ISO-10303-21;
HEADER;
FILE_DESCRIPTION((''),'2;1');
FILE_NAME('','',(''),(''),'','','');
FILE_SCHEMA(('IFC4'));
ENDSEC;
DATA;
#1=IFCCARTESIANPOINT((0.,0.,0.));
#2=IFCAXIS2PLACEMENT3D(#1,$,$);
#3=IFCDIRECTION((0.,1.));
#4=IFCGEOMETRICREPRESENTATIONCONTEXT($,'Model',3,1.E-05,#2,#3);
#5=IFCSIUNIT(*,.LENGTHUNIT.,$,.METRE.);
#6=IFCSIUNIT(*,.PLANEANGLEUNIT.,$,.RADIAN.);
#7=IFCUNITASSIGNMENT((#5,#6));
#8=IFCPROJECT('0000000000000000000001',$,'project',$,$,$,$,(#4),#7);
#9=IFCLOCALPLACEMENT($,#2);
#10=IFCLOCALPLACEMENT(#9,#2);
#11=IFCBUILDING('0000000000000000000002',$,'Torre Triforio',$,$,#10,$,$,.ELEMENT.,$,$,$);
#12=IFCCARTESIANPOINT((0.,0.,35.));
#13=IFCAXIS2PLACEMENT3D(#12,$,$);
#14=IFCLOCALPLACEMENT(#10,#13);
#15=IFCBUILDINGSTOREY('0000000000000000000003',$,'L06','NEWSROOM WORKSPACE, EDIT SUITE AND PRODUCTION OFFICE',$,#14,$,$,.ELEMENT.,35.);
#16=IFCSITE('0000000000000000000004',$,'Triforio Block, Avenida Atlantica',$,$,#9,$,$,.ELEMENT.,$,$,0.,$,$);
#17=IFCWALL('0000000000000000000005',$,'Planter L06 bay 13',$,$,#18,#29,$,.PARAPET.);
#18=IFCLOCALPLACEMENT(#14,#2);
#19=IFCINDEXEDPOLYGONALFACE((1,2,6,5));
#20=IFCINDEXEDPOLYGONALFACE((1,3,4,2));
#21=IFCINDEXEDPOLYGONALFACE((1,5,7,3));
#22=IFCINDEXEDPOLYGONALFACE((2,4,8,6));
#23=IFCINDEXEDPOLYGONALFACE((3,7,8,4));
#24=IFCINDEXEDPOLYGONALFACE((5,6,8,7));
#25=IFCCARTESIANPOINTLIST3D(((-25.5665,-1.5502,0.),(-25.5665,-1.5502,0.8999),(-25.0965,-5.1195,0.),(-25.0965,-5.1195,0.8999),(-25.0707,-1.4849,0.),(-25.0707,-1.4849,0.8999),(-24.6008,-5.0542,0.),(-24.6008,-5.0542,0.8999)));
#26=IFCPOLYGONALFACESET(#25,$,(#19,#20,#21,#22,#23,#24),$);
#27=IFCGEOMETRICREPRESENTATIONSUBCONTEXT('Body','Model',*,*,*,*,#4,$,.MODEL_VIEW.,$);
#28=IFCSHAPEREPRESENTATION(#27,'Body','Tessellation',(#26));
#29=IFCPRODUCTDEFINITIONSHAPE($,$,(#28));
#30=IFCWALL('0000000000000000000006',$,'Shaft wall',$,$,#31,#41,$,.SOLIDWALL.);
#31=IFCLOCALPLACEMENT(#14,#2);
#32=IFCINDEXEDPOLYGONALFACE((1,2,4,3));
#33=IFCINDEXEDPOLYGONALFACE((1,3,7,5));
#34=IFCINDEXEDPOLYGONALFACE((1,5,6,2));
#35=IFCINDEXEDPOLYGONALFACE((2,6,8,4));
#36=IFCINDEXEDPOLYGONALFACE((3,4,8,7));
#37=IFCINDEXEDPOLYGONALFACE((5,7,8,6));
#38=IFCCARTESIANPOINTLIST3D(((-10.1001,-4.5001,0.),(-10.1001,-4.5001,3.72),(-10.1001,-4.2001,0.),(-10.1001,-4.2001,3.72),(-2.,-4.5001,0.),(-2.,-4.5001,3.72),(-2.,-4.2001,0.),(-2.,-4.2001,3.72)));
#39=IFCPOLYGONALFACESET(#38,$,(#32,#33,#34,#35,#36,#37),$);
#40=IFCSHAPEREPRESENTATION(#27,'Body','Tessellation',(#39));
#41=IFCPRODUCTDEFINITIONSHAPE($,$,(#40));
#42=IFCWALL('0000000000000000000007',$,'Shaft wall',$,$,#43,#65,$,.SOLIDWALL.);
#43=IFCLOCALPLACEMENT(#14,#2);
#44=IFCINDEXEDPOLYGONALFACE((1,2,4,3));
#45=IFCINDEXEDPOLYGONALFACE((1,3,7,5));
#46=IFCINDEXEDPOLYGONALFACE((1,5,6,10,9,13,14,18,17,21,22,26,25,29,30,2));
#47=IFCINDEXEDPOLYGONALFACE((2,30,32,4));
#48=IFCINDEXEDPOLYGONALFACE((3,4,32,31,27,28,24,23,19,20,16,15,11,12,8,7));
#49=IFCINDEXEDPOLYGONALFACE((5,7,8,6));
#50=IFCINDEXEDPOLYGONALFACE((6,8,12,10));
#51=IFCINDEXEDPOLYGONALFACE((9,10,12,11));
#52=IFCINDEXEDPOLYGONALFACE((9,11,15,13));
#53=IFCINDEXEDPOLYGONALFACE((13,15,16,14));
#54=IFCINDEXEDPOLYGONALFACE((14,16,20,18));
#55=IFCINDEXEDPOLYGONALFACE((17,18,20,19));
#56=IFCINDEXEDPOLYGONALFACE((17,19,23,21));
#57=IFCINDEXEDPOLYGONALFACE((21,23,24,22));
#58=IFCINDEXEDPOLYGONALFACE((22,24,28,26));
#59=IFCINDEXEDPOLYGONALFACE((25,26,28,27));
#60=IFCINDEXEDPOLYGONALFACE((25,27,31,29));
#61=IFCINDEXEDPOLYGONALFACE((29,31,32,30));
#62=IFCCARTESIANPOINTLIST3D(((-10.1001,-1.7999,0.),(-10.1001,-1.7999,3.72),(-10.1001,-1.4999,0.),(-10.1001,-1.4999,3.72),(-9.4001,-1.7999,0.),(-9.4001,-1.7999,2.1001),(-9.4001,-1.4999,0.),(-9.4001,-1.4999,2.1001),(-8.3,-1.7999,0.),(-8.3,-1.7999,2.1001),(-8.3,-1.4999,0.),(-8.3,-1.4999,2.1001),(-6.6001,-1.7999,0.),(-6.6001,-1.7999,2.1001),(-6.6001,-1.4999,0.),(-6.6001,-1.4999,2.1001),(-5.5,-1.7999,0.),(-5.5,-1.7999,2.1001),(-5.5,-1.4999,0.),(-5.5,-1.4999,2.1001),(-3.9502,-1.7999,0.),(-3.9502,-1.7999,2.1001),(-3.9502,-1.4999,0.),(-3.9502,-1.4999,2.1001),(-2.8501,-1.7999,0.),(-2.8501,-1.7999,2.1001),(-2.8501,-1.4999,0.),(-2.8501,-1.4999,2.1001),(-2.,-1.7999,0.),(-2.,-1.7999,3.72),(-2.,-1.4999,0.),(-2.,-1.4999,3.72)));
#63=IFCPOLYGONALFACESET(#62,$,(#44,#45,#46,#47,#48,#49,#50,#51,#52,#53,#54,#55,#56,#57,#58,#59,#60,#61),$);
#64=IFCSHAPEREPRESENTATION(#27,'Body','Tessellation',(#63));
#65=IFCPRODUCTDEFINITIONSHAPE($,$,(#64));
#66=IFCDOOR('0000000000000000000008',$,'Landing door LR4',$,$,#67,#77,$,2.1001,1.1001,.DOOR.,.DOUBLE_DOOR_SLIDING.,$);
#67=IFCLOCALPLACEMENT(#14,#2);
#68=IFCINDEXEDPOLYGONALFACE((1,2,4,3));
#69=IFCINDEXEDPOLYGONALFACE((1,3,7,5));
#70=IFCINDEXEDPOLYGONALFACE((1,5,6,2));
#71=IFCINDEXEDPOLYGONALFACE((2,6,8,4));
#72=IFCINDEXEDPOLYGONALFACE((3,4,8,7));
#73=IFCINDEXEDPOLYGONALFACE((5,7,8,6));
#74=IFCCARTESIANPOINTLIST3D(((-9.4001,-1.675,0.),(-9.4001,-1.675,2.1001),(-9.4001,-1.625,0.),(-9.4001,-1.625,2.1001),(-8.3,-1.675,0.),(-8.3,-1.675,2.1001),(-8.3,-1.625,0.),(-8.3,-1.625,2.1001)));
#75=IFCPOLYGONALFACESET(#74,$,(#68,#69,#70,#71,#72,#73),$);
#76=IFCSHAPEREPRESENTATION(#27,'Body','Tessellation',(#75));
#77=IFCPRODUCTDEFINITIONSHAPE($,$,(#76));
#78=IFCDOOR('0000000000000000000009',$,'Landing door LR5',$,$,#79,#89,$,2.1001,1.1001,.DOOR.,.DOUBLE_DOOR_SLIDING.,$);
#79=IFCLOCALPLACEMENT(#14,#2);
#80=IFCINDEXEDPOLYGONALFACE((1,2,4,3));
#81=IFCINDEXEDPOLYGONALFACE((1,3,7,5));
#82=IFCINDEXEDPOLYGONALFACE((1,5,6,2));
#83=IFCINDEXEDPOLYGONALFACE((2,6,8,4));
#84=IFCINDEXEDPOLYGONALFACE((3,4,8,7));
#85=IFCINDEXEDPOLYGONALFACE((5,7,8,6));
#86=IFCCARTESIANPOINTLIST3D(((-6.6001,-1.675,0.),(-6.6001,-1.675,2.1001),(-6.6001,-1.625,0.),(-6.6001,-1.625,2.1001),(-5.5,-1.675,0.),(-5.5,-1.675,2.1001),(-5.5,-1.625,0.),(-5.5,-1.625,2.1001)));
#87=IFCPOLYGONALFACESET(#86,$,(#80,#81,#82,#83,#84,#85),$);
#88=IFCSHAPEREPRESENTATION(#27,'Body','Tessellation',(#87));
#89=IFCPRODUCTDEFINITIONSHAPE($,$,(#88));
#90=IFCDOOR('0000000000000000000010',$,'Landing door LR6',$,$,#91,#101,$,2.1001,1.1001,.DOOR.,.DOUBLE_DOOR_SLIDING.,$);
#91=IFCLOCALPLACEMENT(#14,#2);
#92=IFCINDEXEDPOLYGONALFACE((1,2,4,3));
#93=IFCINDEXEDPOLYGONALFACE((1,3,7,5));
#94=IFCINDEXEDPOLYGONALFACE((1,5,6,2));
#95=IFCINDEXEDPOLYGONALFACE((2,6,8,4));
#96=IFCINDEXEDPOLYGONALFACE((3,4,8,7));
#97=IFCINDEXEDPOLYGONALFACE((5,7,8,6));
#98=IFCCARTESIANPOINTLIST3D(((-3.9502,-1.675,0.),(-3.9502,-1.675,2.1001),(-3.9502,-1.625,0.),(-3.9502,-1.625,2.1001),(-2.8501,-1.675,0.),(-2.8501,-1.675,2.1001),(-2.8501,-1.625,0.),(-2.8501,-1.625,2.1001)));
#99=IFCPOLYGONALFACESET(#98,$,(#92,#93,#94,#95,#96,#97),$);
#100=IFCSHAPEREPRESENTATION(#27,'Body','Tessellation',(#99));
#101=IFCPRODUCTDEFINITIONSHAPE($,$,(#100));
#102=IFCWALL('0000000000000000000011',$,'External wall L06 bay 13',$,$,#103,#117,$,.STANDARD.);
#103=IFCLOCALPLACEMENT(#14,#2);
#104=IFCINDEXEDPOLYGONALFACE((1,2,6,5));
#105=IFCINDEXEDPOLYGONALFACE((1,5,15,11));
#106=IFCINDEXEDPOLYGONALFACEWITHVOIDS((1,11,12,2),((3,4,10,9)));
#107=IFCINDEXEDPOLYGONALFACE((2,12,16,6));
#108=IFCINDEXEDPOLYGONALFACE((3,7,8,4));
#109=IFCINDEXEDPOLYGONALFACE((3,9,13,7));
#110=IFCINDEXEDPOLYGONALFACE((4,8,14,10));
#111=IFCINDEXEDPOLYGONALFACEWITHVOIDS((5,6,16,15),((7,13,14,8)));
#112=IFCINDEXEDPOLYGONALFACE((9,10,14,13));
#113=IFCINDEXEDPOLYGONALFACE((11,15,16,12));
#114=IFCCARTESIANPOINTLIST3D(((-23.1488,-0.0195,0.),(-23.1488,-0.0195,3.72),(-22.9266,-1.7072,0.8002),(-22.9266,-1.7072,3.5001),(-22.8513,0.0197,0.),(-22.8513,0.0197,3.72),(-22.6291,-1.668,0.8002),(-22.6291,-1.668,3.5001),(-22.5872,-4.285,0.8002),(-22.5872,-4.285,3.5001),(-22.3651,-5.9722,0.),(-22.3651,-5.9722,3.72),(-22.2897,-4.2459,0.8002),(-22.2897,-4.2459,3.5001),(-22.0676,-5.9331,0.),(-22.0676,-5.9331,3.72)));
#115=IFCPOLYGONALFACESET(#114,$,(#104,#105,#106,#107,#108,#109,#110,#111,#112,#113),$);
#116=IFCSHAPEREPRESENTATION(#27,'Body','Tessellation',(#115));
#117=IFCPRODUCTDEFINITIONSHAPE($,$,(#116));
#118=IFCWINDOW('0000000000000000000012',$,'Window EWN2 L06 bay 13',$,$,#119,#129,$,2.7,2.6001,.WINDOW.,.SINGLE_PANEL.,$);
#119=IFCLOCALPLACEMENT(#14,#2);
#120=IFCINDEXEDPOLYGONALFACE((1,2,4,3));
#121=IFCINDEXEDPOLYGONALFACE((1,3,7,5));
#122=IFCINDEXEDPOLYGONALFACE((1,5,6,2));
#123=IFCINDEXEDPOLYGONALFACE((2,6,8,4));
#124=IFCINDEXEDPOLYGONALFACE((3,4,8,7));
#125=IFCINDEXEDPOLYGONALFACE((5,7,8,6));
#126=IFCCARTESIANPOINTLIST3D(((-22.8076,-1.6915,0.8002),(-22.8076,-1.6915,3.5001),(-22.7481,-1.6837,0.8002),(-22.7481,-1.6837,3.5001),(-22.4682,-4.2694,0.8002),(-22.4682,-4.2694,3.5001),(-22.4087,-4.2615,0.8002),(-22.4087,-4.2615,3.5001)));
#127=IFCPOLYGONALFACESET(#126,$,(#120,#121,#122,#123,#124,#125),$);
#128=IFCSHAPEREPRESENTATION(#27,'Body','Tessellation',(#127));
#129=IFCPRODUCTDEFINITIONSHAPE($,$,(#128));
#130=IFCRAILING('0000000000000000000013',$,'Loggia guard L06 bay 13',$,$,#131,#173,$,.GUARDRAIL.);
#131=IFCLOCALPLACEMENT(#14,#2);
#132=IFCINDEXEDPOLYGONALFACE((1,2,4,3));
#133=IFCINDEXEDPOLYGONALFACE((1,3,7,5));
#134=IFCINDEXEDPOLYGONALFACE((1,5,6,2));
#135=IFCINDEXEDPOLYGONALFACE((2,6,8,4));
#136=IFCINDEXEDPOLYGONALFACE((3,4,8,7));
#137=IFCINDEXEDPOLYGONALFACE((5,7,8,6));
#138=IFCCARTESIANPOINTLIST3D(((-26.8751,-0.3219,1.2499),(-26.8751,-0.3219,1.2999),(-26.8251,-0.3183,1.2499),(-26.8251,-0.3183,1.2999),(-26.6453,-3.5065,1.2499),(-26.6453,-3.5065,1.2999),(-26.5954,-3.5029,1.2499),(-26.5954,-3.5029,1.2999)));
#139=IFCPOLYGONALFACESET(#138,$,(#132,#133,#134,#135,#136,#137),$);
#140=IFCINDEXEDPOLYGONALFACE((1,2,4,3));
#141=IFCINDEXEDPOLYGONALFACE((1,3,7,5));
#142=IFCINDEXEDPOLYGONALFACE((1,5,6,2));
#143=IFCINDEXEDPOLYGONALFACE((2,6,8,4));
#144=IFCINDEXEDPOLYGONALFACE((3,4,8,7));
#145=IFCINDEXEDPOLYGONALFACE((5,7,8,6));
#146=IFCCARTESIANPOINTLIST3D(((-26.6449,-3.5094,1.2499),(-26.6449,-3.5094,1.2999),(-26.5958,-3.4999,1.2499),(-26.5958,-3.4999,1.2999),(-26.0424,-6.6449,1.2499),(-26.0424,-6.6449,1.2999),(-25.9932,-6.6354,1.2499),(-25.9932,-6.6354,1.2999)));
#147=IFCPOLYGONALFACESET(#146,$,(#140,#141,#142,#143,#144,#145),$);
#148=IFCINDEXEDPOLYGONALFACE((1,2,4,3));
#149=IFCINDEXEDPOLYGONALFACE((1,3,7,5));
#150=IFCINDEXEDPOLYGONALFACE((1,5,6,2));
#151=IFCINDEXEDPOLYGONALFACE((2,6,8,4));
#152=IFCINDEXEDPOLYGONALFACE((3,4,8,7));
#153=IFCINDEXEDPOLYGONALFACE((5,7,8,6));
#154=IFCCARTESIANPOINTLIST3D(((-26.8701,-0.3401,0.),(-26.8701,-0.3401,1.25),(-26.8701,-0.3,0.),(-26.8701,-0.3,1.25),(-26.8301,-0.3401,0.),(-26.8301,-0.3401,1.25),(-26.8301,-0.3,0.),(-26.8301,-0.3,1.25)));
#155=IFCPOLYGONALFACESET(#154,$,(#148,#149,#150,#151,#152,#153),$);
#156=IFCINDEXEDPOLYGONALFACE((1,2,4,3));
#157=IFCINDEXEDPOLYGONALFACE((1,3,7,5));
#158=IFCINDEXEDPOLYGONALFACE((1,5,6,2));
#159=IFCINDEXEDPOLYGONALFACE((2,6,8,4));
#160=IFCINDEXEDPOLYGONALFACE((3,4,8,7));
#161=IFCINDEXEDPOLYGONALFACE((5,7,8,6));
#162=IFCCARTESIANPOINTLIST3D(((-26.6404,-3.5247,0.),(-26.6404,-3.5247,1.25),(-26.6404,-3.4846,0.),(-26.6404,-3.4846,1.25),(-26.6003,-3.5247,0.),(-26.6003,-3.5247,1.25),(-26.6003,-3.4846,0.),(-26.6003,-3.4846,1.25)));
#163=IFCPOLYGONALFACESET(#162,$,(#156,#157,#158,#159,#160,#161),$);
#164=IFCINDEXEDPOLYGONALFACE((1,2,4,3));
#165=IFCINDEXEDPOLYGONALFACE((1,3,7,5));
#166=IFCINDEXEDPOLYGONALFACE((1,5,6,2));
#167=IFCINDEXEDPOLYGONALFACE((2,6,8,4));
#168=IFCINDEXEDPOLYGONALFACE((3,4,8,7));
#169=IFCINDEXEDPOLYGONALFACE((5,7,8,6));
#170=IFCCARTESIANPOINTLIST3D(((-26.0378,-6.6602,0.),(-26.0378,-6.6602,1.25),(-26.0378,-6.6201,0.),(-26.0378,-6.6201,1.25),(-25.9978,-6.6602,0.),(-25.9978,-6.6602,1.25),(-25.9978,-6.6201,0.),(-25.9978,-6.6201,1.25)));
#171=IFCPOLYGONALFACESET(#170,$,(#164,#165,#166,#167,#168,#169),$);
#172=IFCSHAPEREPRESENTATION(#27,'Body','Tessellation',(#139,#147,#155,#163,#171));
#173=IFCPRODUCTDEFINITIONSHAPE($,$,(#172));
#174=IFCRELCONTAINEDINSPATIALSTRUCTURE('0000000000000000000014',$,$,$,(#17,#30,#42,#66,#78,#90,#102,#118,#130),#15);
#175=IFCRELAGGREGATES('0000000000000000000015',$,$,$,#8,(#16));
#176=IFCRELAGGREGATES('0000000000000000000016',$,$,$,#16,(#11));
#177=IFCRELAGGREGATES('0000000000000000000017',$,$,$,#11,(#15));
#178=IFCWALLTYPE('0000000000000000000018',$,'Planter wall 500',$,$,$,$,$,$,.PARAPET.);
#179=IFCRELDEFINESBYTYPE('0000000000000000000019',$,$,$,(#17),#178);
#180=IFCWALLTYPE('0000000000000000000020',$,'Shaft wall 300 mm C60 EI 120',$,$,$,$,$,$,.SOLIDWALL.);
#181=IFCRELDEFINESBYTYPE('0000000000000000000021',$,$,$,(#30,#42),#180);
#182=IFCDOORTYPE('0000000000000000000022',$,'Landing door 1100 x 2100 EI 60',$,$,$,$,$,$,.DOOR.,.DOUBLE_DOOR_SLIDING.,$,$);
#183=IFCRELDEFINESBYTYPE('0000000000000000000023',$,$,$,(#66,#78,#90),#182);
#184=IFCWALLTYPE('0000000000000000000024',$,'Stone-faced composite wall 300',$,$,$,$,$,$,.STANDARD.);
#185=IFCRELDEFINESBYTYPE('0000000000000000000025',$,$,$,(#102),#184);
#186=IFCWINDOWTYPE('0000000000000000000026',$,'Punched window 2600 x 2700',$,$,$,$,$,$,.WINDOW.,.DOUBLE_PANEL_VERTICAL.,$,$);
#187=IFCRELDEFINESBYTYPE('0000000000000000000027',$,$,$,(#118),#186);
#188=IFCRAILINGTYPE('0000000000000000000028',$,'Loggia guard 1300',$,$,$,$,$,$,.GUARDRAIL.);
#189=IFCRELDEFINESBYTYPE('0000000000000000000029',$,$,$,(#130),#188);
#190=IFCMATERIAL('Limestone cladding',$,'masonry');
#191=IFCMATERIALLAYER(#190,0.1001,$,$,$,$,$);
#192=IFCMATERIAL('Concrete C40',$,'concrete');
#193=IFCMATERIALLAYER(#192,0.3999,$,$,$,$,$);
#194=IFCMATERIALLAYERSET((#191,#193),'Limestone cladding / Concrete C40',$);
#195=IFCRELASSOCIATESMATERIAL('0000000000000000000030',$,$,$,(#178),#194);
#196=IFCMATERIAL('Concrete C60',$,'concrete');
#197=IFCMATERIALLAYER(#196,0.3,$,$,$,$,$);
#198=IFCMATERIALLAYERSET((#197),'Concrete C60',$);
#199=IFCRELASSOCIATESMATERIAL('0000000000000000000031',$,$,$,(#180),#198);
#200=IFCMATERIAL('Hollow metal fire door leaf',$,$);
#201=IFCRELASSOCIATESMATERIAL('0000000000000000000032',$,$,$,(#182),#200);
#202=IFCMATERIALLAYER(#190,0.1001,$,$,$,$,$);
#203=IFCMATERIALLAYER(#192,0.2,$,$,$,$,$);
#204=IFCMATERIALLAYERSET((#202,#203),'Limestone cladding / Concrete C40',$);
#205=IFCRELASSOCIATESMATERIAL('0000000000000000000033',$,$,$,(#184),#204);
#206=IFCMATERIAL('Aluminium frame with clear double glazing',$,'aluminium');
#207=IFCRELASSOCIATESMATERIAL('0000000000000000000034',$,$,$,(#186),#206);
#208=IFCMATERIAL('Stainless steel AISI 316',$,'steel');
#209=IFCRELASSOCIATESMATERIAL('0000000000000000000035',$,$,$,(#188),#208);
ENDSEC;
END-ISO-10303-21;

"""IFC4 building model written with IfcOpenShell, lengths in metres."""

from ifc_helpers import new_model, si_unit, direction, frame, frame_2d, origin, origin_2d, place, context, subcontext, project, spatial, rectangle, extrude, material, layer, layer_set, type_object, element, fill, save


model = new_model("IFC4")

# Units and contexts
model_context = context("Model", 3, precision=1e-05, world=origin(), true_north=direction((0.0, 1.0)))
body_context = subcontext(model_context, "Body", "Model", "MODEL_VIEW")
ifc_project = project(units=[si_unit("LENGTHUNIT", "METRE"), si_unit("PLANEANGLEUNIT", "RADIAN")], contexts=[model_context])

# Site, building, storey
site_placement = place(None, origin())
site = spatial("IfcSite", under=ifc_project, at=site_placement, Name="Triforio Block, Avenida Atlantica", CompositionType="ELEMENT", RefElevation=0.0)
building_placement = place(site_placement, origin())
building = spatial("IfcBuilding", under=site, at=building_placement, Name="Torre Triforio", CompositionType="ELEMENT")
storey_placement = place(building_placement, frame((0.0, 0.0, 35.0)))
storey = spatial("IfcBuildingStorey", under=building, at=storey_placement, Name="L06", Description="NEWSROOM WORKSPACE, EDIT SUITE AND PRODUCTION OFFICE", CompositionType="ELEMENT", Elevation=35.0)

# Shared definitions
ifc_material_1 = material(Name="Concrete C60", Category="concrete")
ifc_material_2 = material(Name="Hollow metal fire door leaf")

# Walls
ifc_material_3 = material(Name="Limestone cladding", Category="masonry")
ifc_layer_1 = layer(ifc_material_3, 0.1001)
ifc_material_4 = material(Name="Concrete C40", Category="concrete")
ifc_layer_2 = layer(ifc_material_4, 0.3999)
ifc_layer_set_1 = layer_set([ifc_layer_1, ifc_layer_2], Name="Limestone cladding / Concrete C40")
wall_type_1 = type_object("IfcWallType", Name="Planter wall 500", PredefinedType="PARAPET", material=ifc_layer_set_1)
wall_1_placement = place(storey_placement, frame((-25.3186, -1.5176, 0.0), z_axis=(0.0, 0.0, 1.0), x_axis=(0.130542, -0.991443, 0.0)))
element("IfcWall", 1, at=wall_1_placement, inside=storey, type_object=wall_type_1, Name="Planter L06 bay 13", PredefinedType="PARAPET", context=body_context, shape_type="SweptSolid", body=[
    extrude(rectangle(XDim=3.6001, YDim=0.5, at=frame_2d((1.8, 0.0))), origin(), (0.0, 0.0, 1.0), 0.8999),
])
ifc_layer_3 = layer(ifc_material_1, 0.3)
ifc_layer_set_2 = layer_set([ifc_layer_3], Name="Concrete C60")
wall_type_2 = type_object("IfcWallType", Name="Shaft wall 300 mm C60 EI 120", PredefinedType="SOLIDWALL", material=ifc_layer_set_2)
wall_2_placement = place(storey_placement, frame((-10.1001, -4.3501, 0.0), z_axis=(0.0, 0.0, 1.0), x_axis=(1.0, 0.0, 0.0)))
element("IfcWall", 2, at=wall_2_placement, inside=storey, type_object=wall_type_2, Name="Shaft wall", PredefinedType="SOLIDWALL", context=body_context, shape_type="SweptSolid", body=[
    extrude(rectangle(XDim=8.1001, YDim=0.3, at=frame_2d((4.05, 0.0))), origin(), (0.0, 0.0, 1.0), 3.72),
])

# Wall, openings, doors
wall_3_placement = place(storey_placement, frame((-10.1001, -1.6499, 0.0), z_axis=(0.0, 0.0, 1.0), x_axis=(1.0, 0.0, 0.0)))
wall_3 = element("IfcWall", 3, at=wall_3_placement, inside=storey, type_object=wall_type_2, Name="Shaft wall", PredefinedType="SOLIDWALL", context=body_context, shape_type="SweptSolid", body=[
    extrude(rectangle(XDim=8.1001, YDim=0.3, at=frame_2d((4.05, 0.0))), origin(), (0.0, 0.0, 1.0), 3.72),
])
opening_1_placement = place(wall_3_placement, frame((0.7, 0.0, 0.0)))
opening_1 = element("IfcOpeningElement", 4, at=opening_1_placement, cuts=wall_3, PredefinedType="OPENING", context=body_context, shape_type="SweptSolid", body=[
    extrude(rectangle(XDim=1.1001, YDim=2.1001, at=frame_2d((0.55, 1.05))), frame((0.0, 0.1599, 0.0), z_axis=(0.0, -1.0, 0.0), x_axis=(1.0, 0.0, 0.0)), (0.0, 0.0, 1.0), 0.3201),
])
opening_2_placement = place(wall_3_placement, frame((3.5, 0.0, 0.0)))
opening_2 = element("IfcOpeningElement", 5, at=opening_2_placement, cuts=wall_3, PredefinedType="OPENING", context=body_context, shape_type="SweptSolid", body=[
    extrude(rectangle(XDim=1.1001, YDim=2.1001, at=frame_2d((0.55, 1.05))), frame((0.0, 0.1599, 0.0), z_axis=(0.0, -1.0, 0.0), x_axis=(1.0, 0.0, 0.0)), (0.0, 0.0, 1.0), 0.3201),
])
opening_3_placement = place(wall_3_placement, frame((6.1499, 0.0, 0.0)))
opening_3 = element("IfcOpeningElement", 6, at=opening_3_placement, cuts=wall_3, PredefinedType="OPENING", context=body_context, shape_type="SweptSolid", body=[
    extrude(rectangle(XDim=1.1001, YDim=2.1001, at=frame_2d((0.55, 1.05))), frame((0.0, 0.1599, 0.0), z_axis=(0.0, -1.0, 0.0), x_axis=(1.0, 0.0, 0.0)), (0.0, 0.0, 1.0), 0.3201),
])
door_type_1 = type_object("IfcDoorType", Name="Landing door 1100 x 2100 EI 60", OperationType="DOUBLE_DOOR_SLIDING", PredefinedType="DOOR", material=ifc_material_2)
door_1_placement = place(opening_1_placement, origin())
door_1 = element("IfcDoor", 7, at=door_1_placement, inside=storey, type_object=door_type_1, Name="Landing door LR4", OperationType="DOUBLE_DOOR_SLIDING", OverallHeight=2.1001, OverallWidth=1.1001, PredefinedType="DOOR", context=body_context, shape_type="SweptSolid", body=[
    extrude(rectangle(XDim=1.1001, YDim=2.1001, at=frame_2d((0.55, 1.05))), frame((0.0, 0.0249, 0.0), z_axis=(0.0, -1.0, 0.0), x_axis=(1.0, 0.0, 0.0)), (0.0, 0.0, 1.0), 0.05),
])
fill(opening_1, door_1)
door_2_placement = place(opening_2_placement, origin())
door_2 = element("IfcDoor", 8, at=door_2_placement, inside=storey, type_object=door_type_1, Name="Landing door LR5", OperationType="DOUBLE_DOOR_SLIDING", OverallHeight=2.1001, OverallWidth=1.1001, PredefinedType="DOOR", context=body_context, shape_type="SweptSolid", body=[
    extrude(rectangle(XDim=1.1001, YDim=2.1001, at=frame_2d((0.55, 1.05))), frame((0.0, 0.0249, 0.0), z_axis=(0.0, -1.0, 0.0), x_axis=(1.0, 0.0, 0.0)), (0.0, 0.0, 1.0), 0.05),
])
fill(opening_2, door_2)
door_3_placement = place(opening_3_placement, origin())
door_3 = element("IfcDoor", 9, at=door_3_placement, inside=storey, type_object=door_type_1, Name="Landing door LR6", OperationType="DOUBLE_DOOR_SLIDING", OverallHeight=2.1001, OverallWidth=1.1001, PredefinedType="DOOR", context=body_context, shape_type="SweptSolid", body=[
    extrude(rectangle(XDim=1.1001, YDim=2.1001, at=frame_2d((0.55, 1.05))), frame((0.0, 0.0249, 0.0), z_axis=(0.0, -1.0, 0.0), x_axis=(1.0, 0.0, 0.0)), (0.0, 0.0, 1.0), 0.05),
])
fill(opening_3, door_3)

# Wall, opening, window
ifc_layer_4 = layer(ifc_material_3, 0.1001)
ifc_layer_5 = layer(ifc_material_4, 0.2)
ifc_layer_set_3 = layer_set([ifc_layer_4, ifc_layer_5], Name="Limestone cladding / Concrete C40")
wall_type_3 = type_object("IfcWallType", Name="Stone-faced composite wall 300", PredefinedType="STANDARD", material=ifc_layer_set_3)
wall_4_placement = place(storey_placement, frame((-23.0, 0.0, 0.0), z_axis=(0.0, 0.0, 1.0), x_axis=(0.130523, -0.991445, 0.0)))
wall_4 = element("IfcWall", 10, at=wall_4_placement, inside=storey, type_object=wall_type_3, Name="External wall L06 bay 13", PredefinedType="STANDARD", context=body_context, shape_type="SweptSolid", body=[
    extrude(rectangle(XDim=6.0042, YDim=0.3, at=frame_2d((3.002, 0.0))), origin(), (0.0, 0.0, 1.0), 3.72),
])
opening_4_placement = place(wall_4_placement, frame((1.7021, 0.0, 0.8)))
opening_4 = element("IfcOpeningElement", 11, at=opening_4_placement, cuts=wall_4, PredefinedType="OPENING", context=body_context, shape_type="SweptSolid", body=[
    extrude(rectangle(XDim=2.6001, YDim=2.7, at=frame_2d((1.3, 1.3501))), frame((0.0, 0.1599, 0.0), z_axis=(0.0, -1.0, 0.0), x_axis=(1.0, 0.0, 0.0)), (0.0, 0.0, 1.0), 0.3201),
])
ifc_material_5 = material(Name="Aluminium frame with clear double glazing", Category="aluminium")
window_type_1 = type_object("IfcWindowType", Name="Punched window 2600 x 2700", PartitioningType="DOUBLE_PANEL_VERTICAL", PredefinedType="WINDOW", material=ifc_material_5)
window_1_placement = place(opening_4_placement, origin())
window_1 = element("IfcWindow", 12, at=window_1_placement, inside=storey, type_object=window_type_1, Name="Window EWN2 L06 bay 13", OverallHeight=2.7, OverallWidth=2.6001, PartitioningType="SINGLE_PANEL", PredefinedType="WINDOW", context=body_context, shape_type="SweptSolid", body=[
    extrude(rectangle(XDim=2.6001, YDim=2.7, at=frame_2d((1.3, 1.3501))), frame((0.0, 0.03, 0.0), z_axis=(0.0, -1.0, 0.0), x_axis=(1.0, 0.0, 0.0)), (0.0, 0.0, 1.0), 0.0601),
])
fill(opening_4, window_1)

# Railing
ifc_material_6 = material(Name="Stainless steel AISI 316", Category="steel")
railing_type = type_object("IfcRailingType", Name="Loggia guard 1300", PredefinedType="GUARDRAIL", material=ifc_material_6)
railing_placement = place(storey_placement, frame((-26.8501, -0.3201, 0.0)))
element("IfcRailing", 13, at=railing_placement, inside=storey, type_object=railing_type, Name="Loggia guard L06 bay 13", PredefinedType="GUARDRAIL", context=body_context, shape_type="SweptSolid", body=[
    extrude(rectangle(XDim=0.05, YDim=0.05, at=origin_2d()), frame((0.0, 0.0, 1.2749), z_axis=(0.071953, -0.997408, 0.0), x_axis=(0.997408, 0.071953, 0.0)), (0.0, 0.0, 1.0), 3.1929),
    extrude(rectangle(XDim=0.05, YDim=0.05, at=origin_2d()), frame((0.2297, -3.1846, 1.2749), z_axis=(0.188714, -0.982032, 0.0), x_axis=(0.982032, 0.188714, 0.0)), (0.0, 0.0, 1.0), 3.1929),
    extrude(rectangle(XDim=0.04, YDim=0.04, at=origin_2d()), origin(), (0.0, 0.0, 1.0), 1.25),
    extrude(rectangle(XDim=0.04, YDim=0.04, at=origin_2d()), frame((0.2297, -3.1846, 0.0)), (0.0, 0.0, 1.0), 1.25),
    extrude(rectangle(XDim=0.04, YDim=0.04, at=origin_2d()), frame((0.8323, -6.3201, 0.0)), (0.0, 0.0, 1.0), 1.25),
])

save(model, "model.ifc")
